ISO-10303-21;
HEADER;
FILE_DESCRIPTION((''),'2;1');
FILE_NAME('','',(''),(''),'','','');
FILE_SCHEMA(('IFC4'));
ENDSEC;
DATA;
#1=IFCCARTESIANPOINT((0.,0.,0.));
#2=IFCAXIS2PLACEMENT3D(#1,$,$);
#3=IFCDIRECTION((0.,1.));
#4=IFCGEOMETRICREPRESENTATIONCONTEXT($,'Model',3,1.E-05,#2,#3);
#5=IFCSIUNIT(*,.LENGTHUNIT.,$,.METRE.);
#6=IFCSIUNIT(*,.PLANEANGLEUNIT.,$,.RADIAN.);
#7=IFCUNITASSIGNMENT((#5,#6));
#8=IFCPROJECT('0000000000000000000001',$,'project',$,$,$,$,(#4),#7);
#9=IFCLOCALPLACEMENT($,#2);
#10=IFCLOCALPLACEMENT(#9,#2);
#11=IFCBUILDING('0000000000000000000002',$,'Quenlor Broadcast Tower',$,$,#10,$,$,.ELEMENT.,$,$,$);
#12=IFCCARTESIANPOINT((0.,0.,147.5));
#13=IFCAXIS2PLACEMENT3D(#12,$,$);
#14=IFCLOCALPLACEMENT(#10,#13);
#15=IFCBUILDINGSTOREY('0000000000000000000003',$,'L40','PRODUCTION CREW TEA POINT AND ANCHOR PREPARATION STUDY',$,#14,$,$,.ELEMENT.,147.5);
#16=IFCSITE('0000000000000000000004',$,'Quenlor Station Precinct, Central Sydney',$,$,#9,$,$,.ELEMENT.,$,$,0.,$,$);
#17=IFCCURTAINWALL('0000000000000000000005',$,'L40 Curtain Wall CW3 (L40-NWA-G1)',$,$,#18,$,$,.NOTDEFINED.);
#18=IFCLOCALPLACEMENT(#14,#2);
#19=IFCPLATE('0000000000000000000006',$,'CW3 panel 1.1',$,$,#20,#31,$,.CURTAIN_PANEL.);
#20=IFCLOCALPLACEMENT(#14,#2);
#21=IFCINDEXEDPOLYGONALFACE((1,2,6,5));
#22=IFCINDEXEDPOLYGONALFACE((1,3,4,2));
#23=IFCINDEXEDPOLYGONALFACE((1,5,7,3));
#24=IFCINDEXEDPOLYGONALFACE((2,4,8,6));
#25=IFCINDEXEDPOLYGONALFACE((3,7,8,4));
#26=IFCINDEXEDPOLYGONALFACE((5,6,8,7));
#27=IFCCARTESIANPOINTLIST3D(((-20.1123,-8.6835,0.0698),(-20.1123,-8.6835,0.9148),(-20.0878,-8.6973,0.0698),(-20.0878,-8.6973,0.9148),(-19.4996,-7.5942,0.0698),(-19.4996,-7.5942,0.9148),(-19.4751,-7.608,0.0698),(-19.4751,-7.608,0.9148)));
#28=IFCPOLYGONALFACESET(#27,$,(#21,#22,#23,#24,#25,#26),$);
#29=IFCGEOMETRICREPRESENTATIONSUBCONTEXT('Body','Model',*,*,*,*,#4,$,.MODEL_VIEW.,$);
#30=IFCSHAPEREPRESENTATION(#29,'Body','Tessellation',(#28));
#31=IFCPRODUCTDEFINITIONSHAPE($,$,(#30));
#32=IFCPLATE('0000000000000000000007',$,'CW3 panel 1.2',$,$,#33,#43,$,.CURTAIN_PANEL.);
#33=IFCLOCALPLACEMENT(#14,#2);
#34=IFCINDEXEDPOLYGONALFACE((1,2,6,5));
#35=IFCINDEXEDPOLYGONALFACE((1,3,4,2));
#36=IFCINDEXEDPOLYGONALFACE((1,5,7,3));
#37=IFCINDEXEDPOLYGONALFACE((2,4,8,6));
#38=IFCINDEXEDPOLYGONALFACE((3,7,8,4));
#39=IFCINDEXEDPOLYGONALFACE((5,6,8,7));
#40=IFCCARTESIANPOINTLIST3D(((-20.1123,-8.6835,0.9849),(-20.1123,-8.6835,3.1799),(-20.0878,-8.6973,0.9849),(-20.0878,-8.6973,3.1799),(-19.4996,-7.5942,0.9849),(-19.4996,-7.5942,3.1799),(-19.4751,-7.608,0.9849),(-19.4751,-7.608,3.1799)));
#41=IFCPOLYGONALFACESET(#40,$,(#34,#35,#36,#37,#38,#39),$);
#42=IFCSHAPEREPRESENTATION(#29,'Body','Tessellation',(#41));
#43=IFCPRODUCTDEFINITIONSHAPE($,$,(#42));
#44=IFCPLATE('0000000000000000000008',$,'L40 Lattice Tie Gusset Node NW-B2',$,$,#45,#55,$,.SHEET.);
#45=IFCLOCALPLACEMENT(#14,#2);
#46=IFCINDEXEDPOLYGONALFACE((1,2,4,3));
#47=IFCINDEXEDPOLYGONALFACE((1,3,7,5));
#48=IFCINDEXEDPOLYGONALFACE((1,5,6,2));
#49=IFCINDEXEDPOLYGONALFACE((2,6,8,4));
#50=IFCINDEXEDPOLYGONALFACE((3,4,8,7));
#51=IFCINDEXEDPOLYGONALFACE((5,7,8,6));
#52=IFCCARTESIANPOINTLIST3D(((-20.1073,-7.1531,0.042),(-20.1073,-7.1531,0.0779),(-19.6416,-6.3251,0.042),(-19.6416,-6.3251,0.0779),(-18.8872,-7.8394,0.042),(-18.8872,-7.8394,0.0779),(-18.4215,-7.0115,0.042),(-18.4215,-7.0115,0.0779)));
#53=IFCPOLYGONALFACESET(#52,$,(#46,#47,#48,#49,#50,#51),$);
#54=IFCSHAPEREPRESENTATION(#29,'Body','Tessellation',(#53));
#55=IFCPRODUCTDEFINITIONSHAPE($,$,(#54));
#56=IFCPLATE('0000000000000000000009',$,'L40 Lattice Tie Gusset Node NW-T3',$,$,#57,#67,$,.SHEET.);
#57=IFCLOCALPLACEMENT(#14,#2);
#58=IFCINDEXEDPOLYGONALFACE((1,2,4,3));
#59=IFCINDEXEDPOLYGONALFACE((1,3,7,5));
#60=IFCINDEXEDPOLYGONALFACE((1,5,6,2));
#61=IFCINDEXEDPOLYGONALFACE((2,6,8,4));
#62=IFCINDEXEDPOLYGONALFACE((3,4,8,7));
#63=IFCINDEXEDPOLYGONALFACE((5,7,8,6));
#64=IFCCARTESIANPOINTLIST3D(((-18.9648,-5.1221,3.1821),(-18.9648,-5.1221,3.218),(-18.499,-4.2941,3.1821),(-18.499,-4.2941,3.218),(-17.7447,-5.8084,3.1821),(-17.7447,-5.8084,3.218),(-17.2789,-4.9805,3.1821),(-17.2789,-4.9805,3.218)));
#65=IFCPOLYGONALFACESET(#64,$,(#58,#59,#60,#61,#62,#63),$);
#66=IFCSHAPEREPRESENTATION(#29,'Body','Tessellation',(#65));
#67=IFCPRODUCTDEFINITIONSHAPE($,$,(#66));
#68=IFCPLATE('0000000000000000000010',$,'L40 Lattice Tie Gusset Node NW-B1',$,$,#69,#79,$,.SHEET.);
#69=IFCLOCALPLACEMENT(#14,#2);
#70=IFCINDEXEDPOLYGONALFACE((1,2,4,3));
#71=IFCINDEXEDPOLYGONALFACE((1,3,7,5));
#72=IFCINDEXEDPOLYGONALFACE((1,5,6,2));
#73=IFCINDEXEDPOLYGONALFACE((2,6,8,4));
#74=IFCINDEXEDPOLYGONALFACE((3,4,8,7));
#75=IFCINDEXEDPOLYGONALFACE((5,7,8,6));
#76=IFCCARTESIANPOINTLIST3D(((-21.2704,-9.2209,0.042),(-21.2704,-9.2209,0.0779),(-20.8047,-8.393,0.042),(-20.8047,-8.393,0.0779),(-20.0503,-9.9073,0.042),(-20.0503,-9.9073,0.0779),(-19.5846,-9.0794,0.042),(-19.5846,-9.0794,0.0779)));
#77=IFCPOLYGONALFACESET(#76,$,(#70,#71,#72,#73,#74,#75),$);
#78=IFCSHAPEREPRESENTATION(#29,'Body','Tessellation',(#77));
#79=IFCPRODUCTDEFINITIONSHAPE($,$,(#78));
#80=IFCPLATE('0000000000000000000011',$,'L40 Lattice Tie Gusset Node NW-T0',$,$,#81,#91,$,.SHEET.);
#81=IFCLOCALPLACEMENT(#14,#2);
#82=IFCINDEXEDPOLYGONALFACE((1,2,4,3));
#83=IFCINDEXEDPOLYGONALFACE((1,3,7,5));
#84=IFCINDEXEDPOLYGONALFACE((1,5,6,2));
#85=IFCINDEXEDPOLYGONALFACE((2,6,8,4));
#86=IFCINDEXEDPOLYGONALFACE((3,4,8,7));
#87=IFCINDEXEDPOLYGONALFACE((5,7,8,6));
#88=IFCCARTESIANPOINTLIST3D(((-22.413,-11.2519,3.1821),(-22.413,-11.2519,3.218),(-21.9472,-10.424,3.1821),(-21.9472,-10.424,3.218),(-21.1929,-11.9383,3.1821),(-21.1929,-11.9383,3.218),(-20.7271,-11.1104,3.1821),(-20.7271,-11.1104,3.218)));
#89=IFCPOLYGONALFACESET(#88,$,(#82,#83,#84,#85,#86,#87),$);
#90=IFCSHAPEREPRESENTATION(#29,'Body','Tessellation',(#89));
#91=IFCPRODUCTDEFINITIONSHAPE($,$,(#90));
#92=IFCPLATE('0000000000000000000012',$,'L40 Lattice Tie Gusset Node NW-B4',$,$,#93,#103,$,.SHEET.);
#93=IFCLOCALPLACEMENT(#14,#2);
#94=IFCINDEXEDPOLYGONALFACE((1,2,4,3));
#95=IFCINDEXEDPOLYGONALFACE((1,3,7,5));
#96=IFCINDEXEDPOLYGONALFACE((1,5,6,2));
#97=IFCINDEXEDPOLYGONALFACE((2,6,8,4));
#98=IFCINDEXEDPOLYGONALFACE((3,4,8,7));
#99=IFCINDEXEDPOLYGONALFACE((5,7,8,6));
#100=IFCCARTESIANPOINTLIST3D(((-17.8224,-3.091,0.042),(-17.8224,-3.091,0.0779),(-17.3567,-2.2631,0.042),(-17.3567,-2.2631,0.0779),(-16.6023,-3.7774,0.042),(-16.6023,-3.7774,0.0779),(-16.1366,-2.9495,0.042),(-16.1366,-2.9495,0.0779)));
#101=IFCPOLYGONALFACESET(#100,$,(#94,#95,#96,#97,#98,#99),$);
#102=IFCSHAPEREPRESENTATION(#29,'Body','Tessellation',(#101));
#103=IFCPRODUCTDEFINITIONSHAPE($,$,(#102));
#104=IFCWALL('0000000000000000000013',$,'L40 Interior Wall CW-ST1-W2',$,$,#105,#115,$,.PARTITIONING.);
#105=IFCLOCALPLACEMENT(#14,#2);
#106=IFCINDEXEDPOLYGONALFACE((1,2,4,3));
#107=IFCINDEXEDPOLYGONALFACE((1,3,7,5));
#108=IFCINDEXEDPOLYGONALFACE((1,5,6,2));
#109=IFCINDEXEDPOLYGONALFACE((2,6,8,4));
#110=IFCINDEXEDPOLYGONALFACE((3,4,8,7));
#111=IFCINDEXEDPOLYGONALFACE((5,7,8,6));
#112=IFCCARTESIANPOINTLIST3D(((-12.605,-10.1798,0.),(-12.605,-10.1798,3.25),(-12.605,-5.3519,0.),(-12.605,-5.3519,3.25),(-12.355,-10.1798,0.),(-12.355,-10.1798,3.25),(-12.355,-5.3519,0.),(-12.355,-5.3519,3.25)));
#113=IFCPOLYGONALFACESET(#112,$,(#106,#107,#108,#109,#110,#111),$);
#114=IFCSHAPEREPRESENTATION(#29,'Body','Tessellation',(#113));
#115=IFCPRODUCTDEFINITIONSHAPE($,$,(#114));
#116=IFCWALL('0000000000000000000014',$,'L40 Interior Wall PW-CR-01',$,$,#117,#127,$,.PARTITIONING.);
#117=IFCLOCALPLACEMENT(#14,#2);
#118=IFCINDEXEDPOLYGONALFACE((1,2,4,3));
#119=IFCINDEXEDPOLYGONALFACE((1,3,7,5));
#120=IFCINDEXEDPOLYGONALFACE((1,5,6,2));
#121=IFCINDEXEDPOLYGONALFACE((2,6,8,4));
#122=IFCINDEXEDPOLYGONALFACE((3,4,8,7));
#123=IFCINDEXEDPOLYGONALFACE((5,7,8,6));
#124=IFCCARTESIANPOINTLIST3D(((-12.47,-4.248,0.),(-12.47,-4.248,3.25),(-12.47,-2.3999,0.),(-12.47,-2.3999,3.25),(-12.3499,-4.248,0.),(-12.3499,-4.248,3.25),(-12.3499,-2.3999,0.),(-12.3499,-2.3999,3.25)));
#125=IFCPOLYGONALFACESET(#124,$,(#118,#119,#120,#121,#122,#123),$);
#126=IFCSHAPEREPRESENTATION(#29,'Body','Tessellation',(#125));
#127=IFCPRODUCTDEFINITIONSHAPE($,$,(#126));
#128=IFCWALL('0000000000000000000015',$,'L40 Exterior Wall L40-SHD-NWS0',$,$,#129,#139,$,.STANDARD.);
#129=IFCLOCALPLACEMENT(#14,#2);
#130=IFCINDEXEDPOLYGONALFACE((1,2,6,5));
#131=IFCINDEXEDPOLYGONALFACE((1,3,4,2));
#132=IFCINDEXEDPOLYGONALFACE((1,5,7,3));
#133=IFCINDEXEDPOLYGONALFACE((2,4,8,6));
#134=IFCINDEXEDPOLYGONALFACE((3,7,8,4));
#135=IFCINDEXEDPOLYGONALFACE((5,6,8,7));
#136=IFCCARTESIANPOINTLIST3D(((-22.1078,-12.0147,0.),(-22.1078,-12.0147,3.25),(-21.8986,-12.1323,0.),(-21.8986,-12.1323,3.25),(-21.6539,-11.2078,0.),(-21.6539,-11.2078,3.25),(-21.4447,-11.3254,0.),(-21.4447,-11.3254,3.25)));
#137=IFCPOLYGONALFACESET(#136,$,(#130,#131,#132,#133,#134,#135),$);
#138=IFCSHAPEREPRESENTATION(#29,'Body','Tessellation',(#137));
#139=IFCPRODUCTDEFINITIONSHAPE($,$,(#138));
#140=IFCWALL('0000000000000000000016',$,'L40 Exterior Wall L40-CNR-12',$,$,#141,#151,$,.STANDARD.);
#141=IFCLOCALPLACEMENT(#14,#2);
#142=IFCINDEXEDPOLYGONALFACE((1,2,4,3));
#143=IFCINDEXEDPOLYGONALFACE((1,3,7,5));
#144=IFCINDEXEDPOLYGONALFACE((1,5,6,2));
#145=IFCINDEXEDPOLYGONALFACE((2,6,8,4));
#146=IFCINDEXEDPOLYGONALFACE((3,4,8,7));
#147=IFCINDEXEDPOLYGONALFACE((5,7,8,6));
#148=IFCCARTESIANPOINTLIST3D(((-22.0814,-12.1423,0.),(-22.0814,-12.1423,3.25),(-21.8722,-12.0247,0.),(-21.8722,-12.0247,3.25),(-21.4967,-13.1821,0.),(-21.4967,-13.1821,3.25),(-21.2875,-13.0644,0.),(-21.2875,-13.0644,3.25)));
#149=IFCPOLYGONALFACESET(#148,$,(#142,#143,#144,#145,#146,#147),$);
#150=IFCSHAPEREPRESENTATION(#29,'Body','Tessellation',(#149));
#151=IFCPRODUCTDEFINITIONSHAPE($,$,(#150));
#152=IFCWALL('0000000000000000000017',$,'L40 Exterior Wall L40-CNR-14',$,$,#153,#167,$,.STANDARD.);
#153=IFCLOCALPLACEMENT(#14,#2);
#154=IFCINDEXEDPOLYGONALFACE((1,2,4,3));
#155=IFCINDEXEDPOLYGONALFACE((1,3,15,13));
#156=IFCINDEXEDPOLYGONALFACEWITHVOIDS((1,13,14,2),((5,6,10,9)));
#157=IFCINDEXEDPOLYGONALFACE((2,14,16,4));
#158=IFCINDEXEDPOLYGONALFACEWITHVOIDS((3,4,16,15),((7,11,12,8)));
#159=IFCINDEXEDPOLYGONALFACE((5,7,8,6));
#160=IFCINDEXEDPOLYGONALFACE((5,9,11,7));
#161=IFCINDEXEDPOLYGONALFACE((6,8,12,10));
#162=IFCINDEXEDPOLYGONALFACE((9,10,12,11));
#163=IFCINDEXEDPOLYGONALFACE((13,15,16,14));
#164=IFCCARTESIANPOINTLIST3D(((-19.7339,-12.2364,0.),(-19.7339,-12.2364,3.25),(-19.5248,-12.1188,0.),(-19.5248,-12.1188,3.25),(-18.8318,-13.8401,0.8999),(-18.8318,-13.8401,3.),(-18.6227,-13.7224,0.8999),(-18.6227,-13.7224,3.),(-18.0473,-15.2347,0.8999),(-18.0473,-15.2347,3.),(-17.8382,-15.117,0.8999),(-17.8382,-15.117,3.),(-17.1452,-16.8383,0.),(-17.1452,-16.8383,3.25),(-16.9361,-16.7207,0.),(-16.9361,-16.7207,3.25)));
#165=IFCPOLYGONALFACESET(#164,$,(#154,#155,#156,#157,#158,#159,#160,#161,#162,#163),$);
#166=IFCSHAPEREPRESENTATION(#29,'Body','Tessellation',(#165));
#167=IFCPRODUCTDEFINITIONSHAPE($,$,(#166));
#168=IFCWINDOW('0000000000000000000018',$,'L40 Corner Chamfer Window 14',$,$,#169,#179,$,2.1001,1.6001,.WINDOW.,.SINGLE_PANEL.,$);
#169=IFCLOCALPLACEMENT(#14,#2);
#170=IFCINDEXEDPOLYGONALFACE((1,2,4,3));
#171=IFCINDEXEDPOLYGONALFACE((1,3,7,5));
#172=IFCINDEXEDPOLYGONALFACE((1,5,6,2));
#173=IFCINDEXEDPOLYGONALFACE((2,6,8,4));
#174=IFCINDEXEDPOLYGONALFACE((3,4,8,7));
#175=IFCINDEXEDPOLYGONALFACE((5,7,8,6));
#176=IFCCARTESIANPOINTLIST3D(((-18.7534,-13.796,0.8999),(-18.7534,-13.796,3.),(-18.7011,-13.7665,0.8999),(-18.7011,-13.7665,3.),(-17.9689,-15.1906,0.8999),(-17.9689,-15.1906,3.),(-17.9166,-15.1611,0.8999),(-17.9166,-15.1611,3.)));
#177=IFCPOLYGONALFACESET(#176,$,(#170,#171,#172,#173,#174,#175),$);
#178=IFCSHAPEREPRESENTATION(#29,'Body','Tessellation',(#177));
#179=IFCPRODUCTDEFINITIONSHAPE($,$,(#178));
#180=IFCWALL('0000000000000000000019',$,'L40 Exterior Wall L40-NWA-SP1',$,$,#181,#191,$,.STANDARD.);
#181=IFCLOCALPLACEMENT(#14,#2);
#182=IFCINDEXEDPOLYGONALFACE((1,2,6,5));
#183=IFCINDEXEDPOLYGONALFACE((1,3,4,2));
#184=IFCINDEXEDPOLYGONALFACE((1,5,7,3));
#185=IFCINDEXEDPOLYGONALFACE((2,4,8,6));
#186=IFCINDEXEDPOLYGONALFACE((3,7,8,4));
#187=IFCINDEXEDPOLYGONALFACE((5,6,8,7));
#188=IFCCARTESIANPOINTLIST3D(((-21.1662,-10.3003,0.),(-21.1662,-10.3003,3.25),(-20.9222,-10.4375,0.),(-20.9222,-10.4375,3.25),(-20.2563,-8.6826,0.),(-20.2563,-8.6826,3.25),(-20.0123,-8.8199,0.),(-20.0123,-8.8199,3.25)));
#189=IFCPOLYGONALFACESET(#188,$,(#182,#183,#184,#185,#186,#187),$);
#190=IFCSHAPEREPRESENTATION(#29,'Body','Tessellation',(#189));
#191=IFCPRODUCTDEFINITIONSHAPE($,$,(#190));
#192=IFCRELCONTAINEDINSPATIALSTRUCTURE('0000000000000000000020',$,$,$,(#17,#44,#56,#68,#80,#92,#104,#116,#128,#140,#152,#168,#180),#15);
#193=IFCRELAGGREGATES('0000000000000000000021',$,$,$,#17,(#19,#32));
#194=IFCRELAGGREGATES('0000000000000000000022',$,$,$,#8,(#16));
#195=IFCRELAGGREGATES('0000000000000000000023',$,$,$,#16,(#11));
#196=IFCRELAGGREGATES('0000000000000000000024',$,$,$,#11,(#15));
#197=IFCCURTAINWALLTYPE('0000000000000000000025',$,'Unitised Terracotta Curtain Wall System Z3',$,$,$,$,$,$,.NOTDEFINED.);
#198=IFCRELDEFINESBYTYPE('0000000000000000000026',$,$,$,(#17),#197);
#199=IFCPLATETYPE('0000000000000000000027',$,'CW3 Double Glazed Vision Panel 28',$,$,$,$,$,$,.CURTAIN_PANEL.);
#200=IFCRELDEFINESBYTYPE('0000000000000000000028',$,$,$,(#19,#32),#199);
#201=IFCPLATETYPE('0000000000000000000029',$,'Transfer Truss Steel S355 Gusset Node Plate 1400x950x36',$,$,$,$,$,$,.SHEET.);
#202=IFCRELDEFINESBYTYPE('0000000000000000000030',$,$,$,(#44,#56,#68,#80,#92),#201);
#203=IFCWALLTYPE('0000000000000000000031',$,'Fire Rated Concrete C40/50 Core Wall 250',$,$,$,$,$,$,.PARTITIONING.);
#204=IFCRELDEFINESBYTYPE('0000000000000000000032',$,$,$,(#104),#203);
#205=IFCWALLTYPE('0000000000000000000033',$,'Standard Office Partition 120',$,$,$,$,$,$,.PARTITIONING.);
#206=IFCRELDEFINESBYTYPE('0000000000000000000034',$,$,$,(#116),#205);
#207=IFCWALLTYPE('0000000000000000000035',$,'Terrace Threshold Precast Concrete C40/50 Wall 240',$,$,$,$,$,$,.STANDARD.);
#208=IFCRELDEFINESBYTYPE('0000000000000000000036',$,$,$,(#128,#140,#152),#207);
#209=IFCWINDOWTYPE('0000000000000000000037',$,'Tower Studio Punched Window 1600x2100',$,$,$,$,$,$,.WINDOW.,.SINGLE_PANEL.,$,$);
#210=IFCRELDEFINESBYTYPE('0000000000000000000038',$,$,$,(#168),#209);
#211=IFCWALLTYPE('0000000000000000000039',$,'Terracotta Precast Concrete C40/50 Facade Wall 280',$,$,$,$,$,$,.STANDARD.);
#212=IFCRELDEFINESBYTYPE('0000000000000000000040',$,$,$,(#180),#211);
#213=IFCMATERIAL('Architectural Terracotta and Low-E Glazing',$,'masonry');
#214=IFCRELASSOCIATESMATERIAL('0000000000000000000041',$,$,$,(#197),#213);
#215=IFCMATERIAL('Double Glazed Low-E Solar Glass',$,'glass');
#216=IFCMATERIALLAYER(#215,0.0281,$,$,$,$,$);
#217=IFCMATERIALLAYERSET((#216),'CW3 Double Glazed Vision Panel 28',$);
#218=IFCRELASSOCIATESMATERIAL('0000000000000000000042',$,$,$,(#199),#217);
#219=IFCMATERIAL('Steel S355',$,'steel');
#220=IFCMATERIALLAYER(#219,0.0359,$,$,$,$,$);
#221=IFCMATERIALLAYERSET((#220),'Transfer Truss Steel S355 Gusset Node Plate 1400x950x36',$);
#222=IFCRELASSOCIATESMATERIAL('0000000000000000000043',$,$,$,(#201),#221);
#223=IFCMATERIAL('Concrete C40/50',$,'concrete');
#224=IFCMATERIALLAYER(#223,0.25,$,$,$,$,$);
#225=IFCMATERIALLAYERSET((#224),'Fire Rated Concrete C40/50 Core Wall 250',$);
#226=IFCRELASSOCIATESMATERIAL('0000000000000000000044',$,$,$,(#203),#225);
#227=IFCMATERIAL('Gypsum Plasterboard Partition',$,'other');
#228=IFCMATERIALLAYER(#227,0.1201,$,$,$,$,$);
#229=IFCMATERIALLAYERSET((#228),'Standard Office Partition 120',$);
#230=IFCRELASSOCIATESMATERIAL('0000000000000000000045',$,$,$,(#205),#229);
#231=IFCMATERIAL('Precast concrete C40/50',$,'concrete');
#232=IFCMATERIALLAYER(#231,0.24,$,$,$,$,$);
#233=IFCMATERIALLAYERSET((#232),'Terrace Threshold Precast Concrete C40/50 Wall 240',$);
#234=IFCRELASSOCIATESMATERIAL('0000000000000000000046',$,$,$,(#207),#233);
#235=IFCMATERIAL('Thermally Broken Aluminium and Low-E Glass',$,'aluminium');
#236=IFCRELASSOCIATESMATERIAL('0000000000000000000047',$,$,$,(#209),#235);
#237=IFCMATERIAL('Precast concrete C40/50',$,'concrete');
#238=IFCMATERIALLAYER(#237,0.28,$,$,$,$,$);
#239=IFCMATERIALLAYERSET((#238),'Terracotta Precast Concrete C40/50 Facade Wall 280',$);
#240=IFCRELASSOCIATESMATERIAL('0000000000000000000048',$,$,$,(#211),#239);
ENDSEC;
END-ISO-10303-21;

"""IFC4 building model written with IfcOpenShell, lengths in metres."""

from ifc_helpers import new_model, si_unit, direction, frame, frame_2d, origin, origin_2d, place, context, subcontext, project, spatial, rectangle, extrude, material, layer, layer_set, type_object, element, fill, aggregate, save


model = new_model("IFC4")

# Units and contexts
model_context = context("Model", 3, precision=1e-05, world=origin(), true_north=direction((0.0, 1.0)))
body_context = subcontext(model_context, "Body", "Model", "MODEL_VIEW")
ifc_project = project(units=[si_unit("LENGTHUNIT", "METRE"), si_unit("PLANEANGLEUNIT", "RADIAN")], contexts=[model_context])

# Site, building, storey
site_placement = place(None, origin())
site = spatial("IfcSite", under=ifc_project, at=site_placement, Name="Quenlor Station Precinct, Central Sydney", CompositionType="ELEMENT", RefElevation=0.0)
building_placement = place(site_placement, origin())
building = spatial("IfcBuilding", under=site, at=building_placement, Name="Quenlor Broadcast Tower", CompositionType="ELEMENT")
storey_placement = place(building_placement, frame((0.0, 0.0, 147.5)))
storey = spatial("IfcBuildingStorey", under=building, at=storey_placement, Name="L40", Description="PRODUCTION CREW TEA POINT AND ANCHOR PREPARATION STUDY", CompositionType="ELEMENT", Elevation=147.5)

# Curtain wall
ifc_material_1 = material(Name="Architectural Terracotta and Low-E Glazing", Category="masonry")
curtain_wall_type = type_object("IfcCurtainWallType", Name="Unitised Terracotta Curtain Wall System Z3", PredefinedType="NOTDEFINED", material=ifc_material_1)
curtain_wall_placement = place(storey_placement, origin())
curtain_wall = element("IfcCurtainWall", 1, at=curtain_wall_placement, inside=storey, type_object=curtain_wall_type, Name="L40 Curtain Wall CW3 (L40-NWA-G1)", PredefinedType="NOTDEFINED")

# Plates
ifc_material_2 = material(Name="Double Glazed Low-E Solar Glass", Category="glass")
ifc_layer_1 = layer(ifc_material_2, 0.0281)
ifc_layer_set_1 = layer_set([ifc_layer_1], Name="CW3 Double Glazed Vision Panel 28")
plate_type_1 = type_object("IfcPlateType", Name="CW3 Double Glazed Vision Panel 28", PredefinedType="CURTAIN_PANEL", material=ifc_layer_set_1)
plate_1_placement = place(storey_placement, frame((-19.7937, -8.1458, 0.0698), z_axis=(0.0, 0.0, 1.0), x_axis=(0.490261, 0.871576, 0.0)))
plate_1 = element("IfcPlate", 2, at=plate_1_placement, type_object=plate_type_1, Name="CW3 panel 1.1", PredefinedType="CURTAIN_PANEL", context=body_context, shape_type="SweptSolid", body=[
    extrude(rectangle(XDim=1.2498, YDim=0.0281, at=origin_2d()), origin(), (0.0, 0.0, 1.0), 0.845),
])
plate_2_placement = place(storey_placement, frame((-19.7937, -8.1458, 0.9849), z_axis=(0.0, 0.0, 1.0), x_axis=(0.490261, 0.871576, 0.0)))
plate_2 = element("IfcPlate", 3, at=plate_2_placement, type_object=plate_type_1, Name="CW3 panel 1.2", PredefinedType="CURTAIN_PANEL", context=body_context, shape_type="SweptSolid", body=[
    extrude(rectangle(XDim=1.2498, YDim=0.0281, at=origin_2d()), origin(), (0.0, 0.0, 1.0), 2.1951),
])
aggregate(curtain_wall, [plate_1, plate_2])

# Plates
ifc_material_3 = material(Name="Steel S355", Category="steel")
ifc_layer_2 = layer(ifc_material_3, 0.0359)
ifc_layer_set_2 = layer_set([ifc_layer_2], Name="Transfer Truss Steel S355 Gusset Node Plate 1400x950x36")
plate_type_2 = type_object("IfcPlateType", Name="Transfer Truss Steel S355 Gusset Node Plate 1400x950x36", PredefinedType="SHEET", material=ifc_layer_set_2)
for number, where, z_axis, x_axis, name in (
    (4, (-19.2644, -7.0823, 0.042), (0.0, 0.0, 1.0), (-0.871556, 0.490295, 0.0), "L40 Lattice Tie Gusset Node NW-B2"),
    (5, (-18.1218, -5.0513, 3.1821), (0.0, 0.0, 1.0), (-0.871556, 0.490295, 0.0), "L40 Lattice Tie Gusset Node NW-T3"),
    (6, (-20.4275, -9.1501, 0.042), (0.0, 0.0, 1.0), (-0.871556, 0.490295, 0.0), "L40 Lattice Tie Gusset Node NW-B1"),
    (7, (-21.5701, -11.1812, 3.1821), (0.0, 0.0, 1.0), (-0.871556, 0.490295, 0.0), "L40 Lattice Tie Gusset Node NW-T0"),
    (8, (-16.9795, -3.0203, 0.042), (0.0, 0.0, 1.0), (-0.871556, 0.490295, 0.0), "L40 Lattice Tie Gusset Node NW-B4"),
):
    element("IfcPlate", number, at=place(storey_placement, frame(where, z_axis=z_axis, x_axis=x_axis)), inside=storey, type_object=plate_type_2, Name=name, PredefinedType="SHEET", context=body_context, shape_type="SweptSolid", body=[
        extrude(rectangle(XDim=1.3999, YDim=0.95, at=origin_2d()), origin(), (0.0, 0.0, 1.0), 0.0359),
    ])

# Walls
ifc_material_4 = material(Name="Concrete C40/50", Category="concrete")
ifc_layer_3 = layer(ifc_material_4, 0.25)
ifc_layer_set_3 = layer_set([ifc_layer_3], Name="Fire Rated Concrete C40/50 Core Wall 250")
wall_type_1 = type_object("IfcWallType", Name="Fire Rated Concrete C40/50 Core Wall 250", PredefinedType="PARTITIONING", material=ifc_layer_set_3)
wall_1_placement = place(storey_placement, frame((-12.48, -10.1799, 0.0), z_axis=(0.0, 0.0, 1.0), x_axis=(0.0, 1.0, 0.0)))
element("IfcWall", 9, at=wall_1_placement, inside=storey, type_object=wall_type_1, Name="L40 Interior Wall CW-ST1-W2", PredefinedType="PARTITIONING", context=body_context, shape_type="SweptSolid", body=[
    extrude(rectangle(XDim=4.8279, YDim=0.25, at=frame_2d((2.4141, 0.0))), origin(), (0.0, 0.0, 1.0), 3.25),
])
ifc_material_5 = material(Name="Gypsum Plasterboard Partition", Category="other")
ifc_layer_4 = layer(ifc_material_5, 0.1201)
ifc_layer_set_4 = layer_set([ifc_layer_4], Name="Standard Office Partition 120")
wall_type_2 = type_object("IfcWallType", Name="Standard Office Partition 120", PredefinedType="PARTITIONING", material=ifc_layer_set_4)
wall_2_placement = place(storey_placement, frame((-12.4099, -4.248, 0.0), z_axis=(0.0, 0.0, 1.0), x_axis=(0.0, 1.0, 0.0)))
element("IfcWall", 10, at=wall_2_placement, inside=storey, type_object=wall_type_2, Name="L40 Interior Wall PW-CR-01", PredefinedType="PARTITIONING", context=body_context, shape_type="SweptSolid", body=[
    extrude(rectangle(XDim=1.8481, YDim=0.1201, at=frame_2d((0.9241, 0.0))), origin(), (0.0, 0.0, 1.0), 3.25),
])
ifc_material_6 = material(Name="Precast concrete C40/50", Category="concrete")
ifc_layer_5 = layer(ifc_material_6, 0.24)
ifc_layer_set_5 = layer_set([ifc_layer_5], Name="Terrace Threshold Precast Concrete C40/50 Wall 240")
wall_type_3 = type_object("IfcWallType", Name="Terrace Threshold Precast Concrete C40/50 Wall 240", PredefinedType="STANDARD", material=ifc_layer_set_5)
wall_3_placement = place(storey_placement, frame((-22.0032, -12.0735, 0.0), z_axis=(0.0, 0.0, 1.0), x_axis=(0.490249, 0.871583, 0.0)))
element("IfcWall", 11, at=wall_3_placement, inside=storey, type_object=wall_type_3, Name="L40 Exterior Wall L40-SHD-NWS0", PredefinedType="STANDARD", context=body_context, shape_type="SweptSolid", body=[
    extrude(rectangle(XDim=0.9258, YDim=0.24, at=frame_2d((0.4629, 0.0))), origin(), (0.0, 0.0, 1.0), 3.25),
])
wall_4_placement = place(storey_placement, frame((-21.9768, -12.0835, 0.0), z_axis=(0.0, 0.0, 1.0), x_axis=(0.490154, -0.871636, 0.0)))
element("IfcWall", 12, at=wall_4_placement, inside=storey, type_object=wall_type_3, Name="L40 Exterior Wall L40-CNR-12", PredefinedType="STANDARD", context=body_context, shape_type="SweptSolid", body=[
    extrude(rectangle(XDim=1.1929, YDim=0.24, at=frame_2d((0.5964, 0.0))), origin(), (0.0, 0.0, 1.0), 3.25),
])

# Wall, opening, window
wall_5_placement = place(storey_placement, frame((-19.6294, -12.1775, 0.0), z_axis=(0.0, 0.0, 1.0), x_axis=(0.490277, -0.871567, 0.0)))
wall_5 = element("IfcWall", 13, at=wall_5_placement, inside=storey, type_object=wall_type_3, Name="L40 Exterior Wall L40-CNR-14", PredefinedType="STANDARD", context=body_context, shape_type="SweptSolid", body=[
    extrude(rectangle(XDim=5.28, YDim=0.24, at=frame_2d((2.6401, 0.0))), origin(), (0.0, 0.0, 1.0), 3.25),
])
opening_placement = place(wall_5_placement, frame((1.8401, 0.0, 0.8999)))
opening = element("IfcOpeningElement", 14, at=opening_placement, cuts=wall_5, PredefinedType="OPENING", context=body_context, shape_type="SweptSolid", body=[
    extrude(rectangle(XDim=1.6001, YDim=2.1001, at=frame_2d((0.8, 1.05))), frame((0.0, 0.1299, 0.0), z_axis=(0.0, -1.0, 0.0), x_axis=(1.0, 0.0, 0.0)), (0.0, 0.0, 1.0), 0.26),
])
ifc_material_7 = material(Name="Thermally Broken Aluminium and Low-E Glass", Category="aluminium")
window_type = type_object("IfcWindowType", Name="Tower Studio Punched Window 1600x2100", PartitioningType="SINGLE_PANEL", PredefinedType="WINDOW", material=ifc_material_7)
window_placement = place(opening_placement, origin())
window = element("IfcWindow", 15, at=window_placement, inside=storey, type_object=window_type, Name="L40 Corner Chamfer Window 14", OverallHeight=2.1001, OverallWidth=1.6001, PartitioningType="SINGLE_PANEL", PredefinedType="WINDOW", context=body_context, shape_type="SweptSolid", body=[
    extrude(rectangle(XDim=1.6001, YDim=2.1001, at=frame_2d((0.8, 1.05))), frame((0.0, 0.03, 0.0), z_axis=(0.0, -1.0, 0.0), x_axis=(1.0, 0.0, 0.0)), (0.0, 0.0, 1.0), 0.0601),
])
fill(opening, window)

# Wall
ifc_material_8 = material(Name="Precast concrete C40/50", Category="concrete")
ifc_layer_6 = layer(ifc_material_8, 0.28)
ifc_layer_set_6 = layer_set([ifc_layer_6], Name="Terracotta Precast Concrete C40/50 Facade Wall 280")
wall_type_4 = type_object("IfcWallType", Name="Terracotta Precast Concrete C40/50 Facade Wall 280", PredefinedType="STANDARD", material=ifc_layer_set_6)
wall_6_placement = place(storey_placement, frame((-21.0442, -10.3689, 0.0), z_axis=(0.0, 0.0, 1.0), x_axis=(0.490249, 0.871583, 0.0)))
element("IfcWall", 16, at=wall_6_placement, inside=storey, type_object=wall_type_4, Name="L40 Exterior Wall L40-NWA-SP1", PredefinedType="STANDARD", context=body_context, shape_type="SweptSolid", body=[
    extrude(rectangle(XDim=1.856, YDim=0.28, at=frame_2d((0.928, 0.0))), origin(), (0.0, 0.0, 1.0), 3.25),
])

save(model, "model.ifc")
